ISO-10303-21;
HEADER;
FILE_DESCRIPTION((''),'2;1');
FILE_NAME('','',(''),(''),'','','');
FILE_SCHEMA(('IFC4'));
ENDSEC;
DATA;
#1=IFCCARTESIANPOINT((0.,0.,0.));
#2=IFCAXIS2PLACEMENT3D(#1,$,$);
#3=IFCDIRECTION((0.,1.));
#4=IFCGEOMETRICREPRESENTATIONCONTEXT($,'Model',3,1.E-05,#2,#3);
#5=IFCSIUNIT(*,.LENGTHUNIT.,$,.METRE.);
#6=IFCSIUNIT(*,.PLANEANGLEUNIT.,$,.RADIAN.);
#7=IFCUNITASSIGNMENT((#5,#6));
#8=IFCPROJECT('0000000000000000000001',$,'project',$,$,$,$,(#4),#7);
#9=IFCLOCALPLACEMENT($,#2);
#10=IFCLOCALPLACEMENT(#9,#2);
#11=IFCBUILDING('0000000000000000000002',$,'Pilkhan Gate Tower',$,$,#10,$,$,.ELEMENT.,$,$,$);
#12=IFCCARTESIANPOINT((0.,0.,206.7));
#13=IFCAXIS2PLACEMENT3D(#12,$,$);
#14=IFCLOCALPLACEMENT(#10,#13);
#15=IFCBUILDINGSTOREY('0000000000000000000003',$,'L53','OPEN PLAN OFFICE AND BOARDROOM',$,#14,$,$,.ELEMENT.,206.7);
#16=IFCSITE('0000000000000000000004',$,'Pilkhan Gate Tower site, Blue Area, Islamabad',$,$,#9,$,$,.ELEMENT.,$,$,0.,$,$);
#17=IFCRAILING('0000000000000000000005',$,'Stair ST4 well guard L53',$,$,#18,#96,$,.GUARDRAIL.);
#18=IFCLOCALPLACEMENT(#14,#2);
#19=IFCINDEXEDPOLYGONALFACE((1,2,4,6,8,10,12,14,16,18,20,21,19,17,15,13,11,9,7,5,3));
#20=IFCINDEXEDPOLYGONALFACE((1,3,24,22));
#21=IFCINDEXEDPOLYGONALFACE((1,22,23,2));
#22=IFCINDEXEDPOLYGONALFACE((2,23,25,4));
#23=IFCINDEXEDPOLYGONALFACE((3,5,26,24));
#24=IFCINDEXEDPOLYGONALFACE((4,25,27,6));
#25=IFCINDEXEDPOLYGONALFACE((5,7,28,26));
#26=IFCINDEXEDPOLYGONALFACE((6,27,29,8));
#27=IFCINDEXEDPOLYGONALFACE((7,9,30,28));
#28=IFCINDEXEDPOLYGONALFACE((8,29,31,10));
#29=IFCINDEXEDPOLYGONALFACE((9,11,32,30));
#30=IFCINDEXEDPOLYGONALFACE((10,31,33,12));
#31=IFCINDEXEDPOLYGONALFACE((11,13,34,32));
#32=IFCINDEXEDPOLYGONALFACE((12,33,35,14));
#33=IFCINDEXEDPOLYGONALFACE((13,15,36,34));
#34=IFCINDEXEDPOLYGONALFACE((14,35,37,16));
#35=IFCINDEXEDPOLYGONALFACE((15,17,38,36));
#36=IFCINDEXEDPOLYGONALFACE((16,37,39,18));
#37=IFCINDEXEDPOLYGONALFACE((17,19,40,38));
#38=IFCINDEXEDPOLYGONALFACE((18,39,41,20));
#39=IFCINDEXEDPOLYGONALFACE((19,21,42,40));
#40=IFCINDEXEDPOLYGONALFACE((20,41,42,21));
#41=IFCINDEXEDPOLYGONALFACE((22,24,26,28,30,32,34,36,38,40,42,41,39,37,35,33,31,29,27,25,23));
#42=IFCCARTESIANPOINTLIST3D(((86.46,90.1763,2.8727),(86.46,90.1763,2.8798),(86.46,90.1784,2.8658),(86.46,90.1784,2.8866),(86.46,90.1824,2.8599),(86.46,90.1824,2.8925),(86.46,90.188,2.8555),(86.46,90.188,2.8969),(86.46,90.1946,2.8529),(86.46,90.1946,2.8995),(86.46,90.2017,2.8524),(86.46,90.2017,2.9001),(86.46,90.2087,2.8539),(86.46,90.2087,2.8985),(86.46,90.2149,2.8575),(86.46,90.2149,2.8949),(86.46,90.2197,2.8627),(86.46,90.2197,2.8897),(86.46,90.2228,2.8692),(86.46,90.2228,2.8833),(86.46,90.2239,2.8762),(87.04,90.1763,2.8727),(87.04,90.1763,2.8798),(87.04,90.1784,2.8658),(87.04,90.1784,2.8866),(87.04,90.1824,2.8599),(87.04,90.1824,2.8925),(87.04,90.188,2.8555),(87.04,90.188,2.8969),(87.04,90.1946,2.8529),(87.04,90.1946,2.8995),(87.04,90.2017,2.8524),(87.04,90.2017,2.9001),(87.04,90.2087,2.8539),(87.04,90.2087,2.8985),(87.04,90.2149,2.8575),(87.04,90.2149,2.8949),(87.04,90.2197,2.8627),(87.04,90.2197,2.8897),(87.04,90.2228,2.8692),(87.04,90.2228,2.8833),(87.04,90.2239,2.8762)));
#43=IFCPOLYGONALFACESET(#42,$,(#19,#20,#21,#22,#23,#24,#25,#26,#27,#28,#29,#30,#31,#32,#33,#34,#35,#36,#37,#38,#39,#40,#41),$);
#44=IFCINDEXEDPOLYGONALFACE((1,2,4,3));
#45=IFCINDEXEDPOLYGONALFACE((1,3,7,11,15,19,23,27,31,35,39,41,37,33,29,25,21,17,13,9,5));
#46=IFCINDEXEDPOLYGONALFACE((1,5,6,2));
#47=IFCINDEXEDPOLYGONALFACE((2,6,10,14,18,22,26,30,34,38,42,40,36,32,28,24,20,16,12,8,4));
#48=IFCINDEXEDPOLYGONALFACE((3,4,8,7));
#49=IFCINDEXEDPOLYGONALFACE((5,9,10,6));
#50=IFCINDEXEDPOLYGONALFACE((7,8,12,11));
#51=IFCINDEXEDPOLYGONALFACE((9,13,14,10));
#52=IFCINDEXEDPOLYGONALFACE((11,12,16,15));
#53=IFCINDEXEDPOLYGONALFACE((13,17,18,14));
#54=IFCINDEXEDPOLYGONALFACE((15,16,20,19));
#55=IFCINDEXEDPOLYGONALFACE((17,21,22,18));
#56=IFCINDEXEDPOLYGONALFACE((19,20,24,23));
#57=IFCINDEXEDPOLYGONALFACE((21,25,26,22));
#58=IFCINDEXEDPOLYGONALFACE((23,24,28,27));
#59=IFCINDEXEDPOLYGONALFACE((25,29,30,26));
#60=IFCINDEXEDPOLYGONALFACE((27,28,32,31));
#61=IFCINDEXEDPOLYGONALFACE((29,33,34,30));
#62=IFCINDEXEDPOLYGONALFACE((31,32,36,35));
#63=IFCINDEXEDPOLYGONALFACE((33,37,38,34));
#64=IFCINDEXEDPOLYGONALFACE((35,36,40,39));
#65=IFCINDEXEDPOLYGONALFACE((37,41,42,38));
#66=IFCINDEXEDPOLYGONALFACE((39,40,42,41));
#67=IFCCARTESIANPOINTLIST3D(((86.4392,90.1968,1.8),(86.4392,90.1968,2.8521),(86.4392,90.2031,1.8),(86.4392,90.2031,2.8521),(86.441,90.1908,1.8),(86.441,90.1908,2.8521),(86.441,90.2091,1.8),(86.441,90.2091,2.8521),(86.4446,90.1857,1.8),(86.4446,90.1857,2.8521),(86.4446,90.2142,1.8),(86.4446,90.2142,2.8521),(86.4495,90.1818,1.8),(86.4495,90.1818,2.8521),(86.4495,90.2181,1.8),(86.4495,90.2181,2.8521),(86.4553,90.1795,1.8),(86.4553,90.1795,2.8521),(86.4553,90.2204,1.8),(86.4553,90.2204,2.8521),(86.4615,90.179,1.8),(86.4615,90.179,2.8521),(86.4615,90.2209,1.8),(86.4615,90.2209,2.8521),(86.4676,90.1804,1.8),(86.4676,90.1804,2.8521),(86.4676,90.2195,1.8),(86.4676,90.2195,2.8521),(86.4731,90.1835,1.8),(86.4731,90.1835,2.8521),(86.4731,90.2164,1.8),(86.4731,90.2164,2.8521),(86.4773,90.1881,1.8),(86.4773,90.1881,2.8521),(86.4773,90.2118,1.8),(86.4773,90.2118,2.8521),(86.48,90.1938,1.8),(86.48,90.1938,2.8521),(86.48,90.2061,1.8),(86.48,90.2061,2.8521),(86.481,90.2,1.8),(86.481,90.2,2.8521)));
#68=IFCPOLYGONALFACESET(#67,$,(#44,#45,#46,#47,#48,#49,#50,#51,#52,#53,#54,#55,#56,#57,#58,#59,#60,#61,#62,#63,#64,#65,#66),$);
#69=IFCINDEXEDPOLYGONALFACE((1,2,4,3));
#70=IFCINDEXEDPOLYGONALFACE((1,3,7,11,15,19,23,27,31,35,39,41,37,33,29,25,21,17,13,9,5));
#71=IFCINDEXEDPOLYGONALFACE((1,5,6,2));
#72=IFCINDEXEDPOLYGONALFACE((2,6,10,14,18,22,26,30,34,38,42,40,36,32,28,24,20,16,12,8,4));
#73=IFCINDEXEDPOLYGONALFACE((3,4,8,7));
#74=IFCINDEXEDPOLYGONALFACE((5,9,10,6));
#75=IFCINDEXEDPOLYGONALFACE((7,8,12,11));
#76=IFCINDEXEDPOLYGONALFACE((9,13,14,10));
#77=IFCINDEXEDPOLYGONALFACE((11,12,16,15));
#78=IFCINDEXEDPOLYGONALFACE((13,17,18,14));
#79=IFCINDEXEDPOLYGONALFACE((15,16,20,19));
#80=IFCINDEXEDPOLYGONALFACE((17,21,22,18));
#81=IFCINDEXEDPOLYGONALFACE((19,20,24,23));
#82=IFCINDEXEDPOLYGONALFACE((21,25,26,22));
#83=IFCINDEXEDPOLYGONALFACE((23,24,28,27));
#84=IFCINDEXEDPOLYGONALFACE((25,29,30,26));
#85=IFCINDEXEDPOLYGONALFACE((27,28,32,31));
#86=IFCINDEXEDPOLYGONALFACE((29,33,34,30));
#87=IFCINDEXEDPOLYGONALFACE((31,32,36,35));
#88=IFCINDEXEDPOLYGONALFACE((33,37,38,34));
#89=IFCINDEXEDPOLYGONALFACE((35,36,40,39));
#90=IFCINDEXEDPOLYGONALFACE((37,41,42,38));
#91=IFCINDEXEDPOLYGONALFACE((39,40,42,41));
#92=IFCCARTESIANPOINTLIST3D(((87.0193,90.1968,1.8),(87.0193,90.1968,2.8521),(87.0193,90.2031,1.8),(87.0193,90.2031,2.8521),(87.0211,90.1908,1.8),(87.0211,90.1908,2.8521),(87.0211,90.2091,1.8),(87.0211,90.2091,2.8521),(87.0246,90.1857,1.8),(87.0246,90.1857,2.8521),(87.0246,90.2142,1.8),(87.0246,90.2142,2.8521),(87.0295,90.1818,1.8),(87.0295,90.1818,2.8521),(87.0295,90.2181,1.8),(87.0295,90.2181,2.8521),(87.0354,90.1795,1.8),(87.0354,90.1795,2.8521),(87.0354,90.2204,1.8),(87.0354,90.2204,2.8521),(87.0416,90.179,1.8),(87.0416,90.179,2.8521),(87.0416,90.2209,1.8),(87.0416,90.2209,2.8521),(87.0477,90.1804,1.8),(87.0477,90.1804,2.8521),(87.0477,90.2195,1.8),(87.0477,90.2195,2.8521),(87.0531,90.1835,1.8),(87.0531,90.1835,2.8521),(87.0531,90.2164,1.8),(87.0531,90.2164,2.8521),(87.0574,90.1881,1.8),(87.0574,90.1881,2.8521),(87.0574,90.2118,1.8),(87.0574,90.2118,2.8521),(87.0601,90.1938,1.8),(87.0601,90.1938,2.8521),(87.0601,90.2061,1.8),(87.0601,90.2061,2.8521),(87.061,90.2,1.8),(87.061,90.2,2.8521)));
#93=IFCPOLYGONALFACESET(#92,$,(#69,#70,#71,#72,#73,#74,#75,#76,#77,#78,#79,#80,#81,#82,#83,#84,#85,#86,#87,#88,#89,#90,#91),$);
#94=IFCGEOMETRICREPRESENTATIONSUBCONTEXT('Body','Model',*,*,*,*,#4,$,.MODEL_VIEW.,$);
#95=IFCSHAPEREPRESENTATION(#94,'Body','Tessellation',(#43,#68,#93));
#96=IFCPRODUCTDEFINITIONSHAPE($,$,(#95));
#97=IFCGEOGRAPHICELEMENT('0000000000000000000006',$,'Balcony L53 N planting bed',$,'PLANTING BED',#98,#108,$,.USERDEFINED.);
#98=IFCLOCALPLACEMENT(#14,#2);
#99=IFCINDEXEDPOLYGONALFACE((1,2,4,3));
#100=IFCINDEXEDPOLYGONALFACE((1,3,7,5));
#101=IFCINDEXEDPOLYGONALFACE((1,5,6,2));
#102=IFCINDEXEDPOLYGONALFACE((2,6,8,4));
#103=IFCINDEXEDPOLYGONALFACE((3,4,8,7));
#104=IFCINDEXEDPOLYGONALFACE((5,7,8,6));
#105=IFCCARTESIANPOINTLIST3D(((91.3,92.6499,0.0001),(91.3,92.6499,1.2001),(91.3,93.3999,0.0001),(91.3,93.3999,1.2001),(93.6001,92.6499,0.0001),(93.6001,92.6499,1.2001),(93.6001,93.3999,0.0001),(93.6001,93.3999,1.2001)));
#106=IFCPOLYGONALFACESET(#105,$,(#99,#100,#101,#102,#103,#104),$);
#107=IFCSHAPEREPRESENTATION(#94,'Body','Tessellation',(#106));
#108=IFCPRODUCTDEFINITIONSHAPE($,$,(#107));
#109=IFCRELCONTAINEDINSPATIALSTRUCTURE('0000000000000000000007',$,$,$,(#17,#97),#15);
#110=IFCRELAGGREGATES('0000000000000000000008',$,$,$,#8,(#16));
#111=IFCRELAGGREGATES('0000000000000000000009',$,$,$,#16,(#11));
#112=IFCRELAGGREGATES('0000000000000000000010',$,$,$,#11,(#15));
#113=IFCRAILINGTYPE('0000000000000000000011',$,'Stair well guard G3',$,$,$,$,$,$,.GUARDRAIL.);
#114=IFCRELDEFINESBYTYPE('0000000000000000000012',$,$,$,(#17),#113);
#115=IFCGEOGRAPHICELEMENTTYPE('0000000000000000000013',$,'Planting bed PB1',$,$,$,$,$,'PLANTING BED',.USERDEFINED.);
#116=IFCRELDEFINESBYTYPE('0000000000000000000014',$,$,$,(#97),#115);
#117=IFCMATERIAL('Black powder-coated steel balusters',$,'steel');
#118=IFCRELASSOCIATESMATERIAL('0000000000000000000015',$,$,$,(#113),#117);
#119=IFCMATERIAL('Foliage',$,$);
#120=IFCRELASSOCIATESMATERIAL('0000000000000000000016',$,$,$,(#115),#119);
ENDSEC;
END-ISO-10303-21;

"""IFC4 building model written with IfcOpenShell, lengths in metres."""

from ifc_helpers import new_model, si_unit, direction, frame, origin, origin_2d, place, context, subcontext, project, spatial, rectangle, circle, extrude, material, material_profile, profile_set, type_object, element, save


model = new_model("IFC4")

# Units and contexts
model_context = context("Model", 3, precision=1e-05, world=origin(), true_north=direction((0.0, 1.0)))
body_context = subcontext(model_context, "Body", "Model", "MODEL_VIEW")
ifc_project = project(units=[si_unit("LENGTHUNIT", "METRE"), si_unit("PLANEANGLEUNIT", "RADIAN")], contexts=[model_context])

# Site, building, storey
site_placement = place(None, origin())
site = spatial("IfcSite", under=ifc_project, at=site_placement, Name="Pilkhan Gate Tower site, Blue Area, Islamabad", CompositionType="ELEMENT", RefElevation=0.0)
building_placement = place(site_placement, origin())
building = spatial("IfcBuilding", under=site, at=building_placement, Name="Pilkhan Gate Tower", CompositionType="ELEMENT")
storey_placement = place(building_placement, frame((0.0, 0.0, 206.7)))
storey = spatial("IfcBuildingStorey", under=building, at=storey_placement, Name="L53", Description="OPEN PLAN OFFICE AND BOARDROOM", CompositionType="ELEMENT", Elevation=206.7)

# Railing
ifc_material_1 = material(Name="Black powder-coated steel balusters", Category="steel")
railing_type_1 = type_object("IfcRailingType", Name="Stair well guard G3", PredefinedType="GUARDRAIL", material=ifc_material_1)
for number, where, name in (
    (1, (86.46, 90.2, 1.8), "Stair ST4 well guard L53"),
):
    element("IfcRailing", number, at=place(storey_placement, frame(where)), inside=storey, type_object=railing_type_1, Name=name, PredefinedType="GUARDRAIL", context=body_context, shape_type="SweptSolid", body=[
        extrude(circle(Radius=0.0239, at=origin_2d()), frame((0.0, 0.0, 1.0762), z_axis=(1.0, 0.0, 0.0), x_axis=(0.0, 1.0, 0.0)), (0.0, 0.0, 1.0), 0.5801),
        extrude(circle(Radius=0.021, at=origin_2d()), origin(), (0.0, 0.0, 1.0), 1.052),
        extrude(circle(Radius=0.021, at=origin_2d()), frame((0.5801, 0.0, 0.0)), (0.0, 0.0, 1.0), 1.052),
    ])

# Geographic element
ifc_material_2 = material(Name="Foliage")
ifc_material_profile_1 = material_profile(ifc_material_2, rectangle(XDim=0.75, YDim=1.2, at=origin_2d()), Name="Bed 750x1200")
ifc_profile_set_1 = profile_set([ifc_material_profile_1], Name="Foliage")
geographic_element_type = type_object("IfcGeographicElementType", Name="Planting bed PB1", ElementType="PLANTING BED", PredefinedType="USERDEFINED", material=ifc_profile_set_1)
geographic_element_placement = place(storey_placement, frame((91.3, 93.0249, 0.6001), z_axis=(1.0, 0.0, 0.0), x_axis=(0.0, 1.0, 0.0)))
element("IfcGeographicElement", 2, at=geographic_element_placement, inside=storey, type_object=geographic_element_type, Name="Balcony L53 N planting bed", ObjectType="PLANTING BED", PredefinedType="USERDEFINED", context=body_context, shape_type="SweptSolid", body=[
    extrude(rectangle(XDim=0.75, YDim=1.2, at=origin_2d()), origin(), (0.0, 0.0, 1.0), 2.3),
])

save(model, "model.ifc")
